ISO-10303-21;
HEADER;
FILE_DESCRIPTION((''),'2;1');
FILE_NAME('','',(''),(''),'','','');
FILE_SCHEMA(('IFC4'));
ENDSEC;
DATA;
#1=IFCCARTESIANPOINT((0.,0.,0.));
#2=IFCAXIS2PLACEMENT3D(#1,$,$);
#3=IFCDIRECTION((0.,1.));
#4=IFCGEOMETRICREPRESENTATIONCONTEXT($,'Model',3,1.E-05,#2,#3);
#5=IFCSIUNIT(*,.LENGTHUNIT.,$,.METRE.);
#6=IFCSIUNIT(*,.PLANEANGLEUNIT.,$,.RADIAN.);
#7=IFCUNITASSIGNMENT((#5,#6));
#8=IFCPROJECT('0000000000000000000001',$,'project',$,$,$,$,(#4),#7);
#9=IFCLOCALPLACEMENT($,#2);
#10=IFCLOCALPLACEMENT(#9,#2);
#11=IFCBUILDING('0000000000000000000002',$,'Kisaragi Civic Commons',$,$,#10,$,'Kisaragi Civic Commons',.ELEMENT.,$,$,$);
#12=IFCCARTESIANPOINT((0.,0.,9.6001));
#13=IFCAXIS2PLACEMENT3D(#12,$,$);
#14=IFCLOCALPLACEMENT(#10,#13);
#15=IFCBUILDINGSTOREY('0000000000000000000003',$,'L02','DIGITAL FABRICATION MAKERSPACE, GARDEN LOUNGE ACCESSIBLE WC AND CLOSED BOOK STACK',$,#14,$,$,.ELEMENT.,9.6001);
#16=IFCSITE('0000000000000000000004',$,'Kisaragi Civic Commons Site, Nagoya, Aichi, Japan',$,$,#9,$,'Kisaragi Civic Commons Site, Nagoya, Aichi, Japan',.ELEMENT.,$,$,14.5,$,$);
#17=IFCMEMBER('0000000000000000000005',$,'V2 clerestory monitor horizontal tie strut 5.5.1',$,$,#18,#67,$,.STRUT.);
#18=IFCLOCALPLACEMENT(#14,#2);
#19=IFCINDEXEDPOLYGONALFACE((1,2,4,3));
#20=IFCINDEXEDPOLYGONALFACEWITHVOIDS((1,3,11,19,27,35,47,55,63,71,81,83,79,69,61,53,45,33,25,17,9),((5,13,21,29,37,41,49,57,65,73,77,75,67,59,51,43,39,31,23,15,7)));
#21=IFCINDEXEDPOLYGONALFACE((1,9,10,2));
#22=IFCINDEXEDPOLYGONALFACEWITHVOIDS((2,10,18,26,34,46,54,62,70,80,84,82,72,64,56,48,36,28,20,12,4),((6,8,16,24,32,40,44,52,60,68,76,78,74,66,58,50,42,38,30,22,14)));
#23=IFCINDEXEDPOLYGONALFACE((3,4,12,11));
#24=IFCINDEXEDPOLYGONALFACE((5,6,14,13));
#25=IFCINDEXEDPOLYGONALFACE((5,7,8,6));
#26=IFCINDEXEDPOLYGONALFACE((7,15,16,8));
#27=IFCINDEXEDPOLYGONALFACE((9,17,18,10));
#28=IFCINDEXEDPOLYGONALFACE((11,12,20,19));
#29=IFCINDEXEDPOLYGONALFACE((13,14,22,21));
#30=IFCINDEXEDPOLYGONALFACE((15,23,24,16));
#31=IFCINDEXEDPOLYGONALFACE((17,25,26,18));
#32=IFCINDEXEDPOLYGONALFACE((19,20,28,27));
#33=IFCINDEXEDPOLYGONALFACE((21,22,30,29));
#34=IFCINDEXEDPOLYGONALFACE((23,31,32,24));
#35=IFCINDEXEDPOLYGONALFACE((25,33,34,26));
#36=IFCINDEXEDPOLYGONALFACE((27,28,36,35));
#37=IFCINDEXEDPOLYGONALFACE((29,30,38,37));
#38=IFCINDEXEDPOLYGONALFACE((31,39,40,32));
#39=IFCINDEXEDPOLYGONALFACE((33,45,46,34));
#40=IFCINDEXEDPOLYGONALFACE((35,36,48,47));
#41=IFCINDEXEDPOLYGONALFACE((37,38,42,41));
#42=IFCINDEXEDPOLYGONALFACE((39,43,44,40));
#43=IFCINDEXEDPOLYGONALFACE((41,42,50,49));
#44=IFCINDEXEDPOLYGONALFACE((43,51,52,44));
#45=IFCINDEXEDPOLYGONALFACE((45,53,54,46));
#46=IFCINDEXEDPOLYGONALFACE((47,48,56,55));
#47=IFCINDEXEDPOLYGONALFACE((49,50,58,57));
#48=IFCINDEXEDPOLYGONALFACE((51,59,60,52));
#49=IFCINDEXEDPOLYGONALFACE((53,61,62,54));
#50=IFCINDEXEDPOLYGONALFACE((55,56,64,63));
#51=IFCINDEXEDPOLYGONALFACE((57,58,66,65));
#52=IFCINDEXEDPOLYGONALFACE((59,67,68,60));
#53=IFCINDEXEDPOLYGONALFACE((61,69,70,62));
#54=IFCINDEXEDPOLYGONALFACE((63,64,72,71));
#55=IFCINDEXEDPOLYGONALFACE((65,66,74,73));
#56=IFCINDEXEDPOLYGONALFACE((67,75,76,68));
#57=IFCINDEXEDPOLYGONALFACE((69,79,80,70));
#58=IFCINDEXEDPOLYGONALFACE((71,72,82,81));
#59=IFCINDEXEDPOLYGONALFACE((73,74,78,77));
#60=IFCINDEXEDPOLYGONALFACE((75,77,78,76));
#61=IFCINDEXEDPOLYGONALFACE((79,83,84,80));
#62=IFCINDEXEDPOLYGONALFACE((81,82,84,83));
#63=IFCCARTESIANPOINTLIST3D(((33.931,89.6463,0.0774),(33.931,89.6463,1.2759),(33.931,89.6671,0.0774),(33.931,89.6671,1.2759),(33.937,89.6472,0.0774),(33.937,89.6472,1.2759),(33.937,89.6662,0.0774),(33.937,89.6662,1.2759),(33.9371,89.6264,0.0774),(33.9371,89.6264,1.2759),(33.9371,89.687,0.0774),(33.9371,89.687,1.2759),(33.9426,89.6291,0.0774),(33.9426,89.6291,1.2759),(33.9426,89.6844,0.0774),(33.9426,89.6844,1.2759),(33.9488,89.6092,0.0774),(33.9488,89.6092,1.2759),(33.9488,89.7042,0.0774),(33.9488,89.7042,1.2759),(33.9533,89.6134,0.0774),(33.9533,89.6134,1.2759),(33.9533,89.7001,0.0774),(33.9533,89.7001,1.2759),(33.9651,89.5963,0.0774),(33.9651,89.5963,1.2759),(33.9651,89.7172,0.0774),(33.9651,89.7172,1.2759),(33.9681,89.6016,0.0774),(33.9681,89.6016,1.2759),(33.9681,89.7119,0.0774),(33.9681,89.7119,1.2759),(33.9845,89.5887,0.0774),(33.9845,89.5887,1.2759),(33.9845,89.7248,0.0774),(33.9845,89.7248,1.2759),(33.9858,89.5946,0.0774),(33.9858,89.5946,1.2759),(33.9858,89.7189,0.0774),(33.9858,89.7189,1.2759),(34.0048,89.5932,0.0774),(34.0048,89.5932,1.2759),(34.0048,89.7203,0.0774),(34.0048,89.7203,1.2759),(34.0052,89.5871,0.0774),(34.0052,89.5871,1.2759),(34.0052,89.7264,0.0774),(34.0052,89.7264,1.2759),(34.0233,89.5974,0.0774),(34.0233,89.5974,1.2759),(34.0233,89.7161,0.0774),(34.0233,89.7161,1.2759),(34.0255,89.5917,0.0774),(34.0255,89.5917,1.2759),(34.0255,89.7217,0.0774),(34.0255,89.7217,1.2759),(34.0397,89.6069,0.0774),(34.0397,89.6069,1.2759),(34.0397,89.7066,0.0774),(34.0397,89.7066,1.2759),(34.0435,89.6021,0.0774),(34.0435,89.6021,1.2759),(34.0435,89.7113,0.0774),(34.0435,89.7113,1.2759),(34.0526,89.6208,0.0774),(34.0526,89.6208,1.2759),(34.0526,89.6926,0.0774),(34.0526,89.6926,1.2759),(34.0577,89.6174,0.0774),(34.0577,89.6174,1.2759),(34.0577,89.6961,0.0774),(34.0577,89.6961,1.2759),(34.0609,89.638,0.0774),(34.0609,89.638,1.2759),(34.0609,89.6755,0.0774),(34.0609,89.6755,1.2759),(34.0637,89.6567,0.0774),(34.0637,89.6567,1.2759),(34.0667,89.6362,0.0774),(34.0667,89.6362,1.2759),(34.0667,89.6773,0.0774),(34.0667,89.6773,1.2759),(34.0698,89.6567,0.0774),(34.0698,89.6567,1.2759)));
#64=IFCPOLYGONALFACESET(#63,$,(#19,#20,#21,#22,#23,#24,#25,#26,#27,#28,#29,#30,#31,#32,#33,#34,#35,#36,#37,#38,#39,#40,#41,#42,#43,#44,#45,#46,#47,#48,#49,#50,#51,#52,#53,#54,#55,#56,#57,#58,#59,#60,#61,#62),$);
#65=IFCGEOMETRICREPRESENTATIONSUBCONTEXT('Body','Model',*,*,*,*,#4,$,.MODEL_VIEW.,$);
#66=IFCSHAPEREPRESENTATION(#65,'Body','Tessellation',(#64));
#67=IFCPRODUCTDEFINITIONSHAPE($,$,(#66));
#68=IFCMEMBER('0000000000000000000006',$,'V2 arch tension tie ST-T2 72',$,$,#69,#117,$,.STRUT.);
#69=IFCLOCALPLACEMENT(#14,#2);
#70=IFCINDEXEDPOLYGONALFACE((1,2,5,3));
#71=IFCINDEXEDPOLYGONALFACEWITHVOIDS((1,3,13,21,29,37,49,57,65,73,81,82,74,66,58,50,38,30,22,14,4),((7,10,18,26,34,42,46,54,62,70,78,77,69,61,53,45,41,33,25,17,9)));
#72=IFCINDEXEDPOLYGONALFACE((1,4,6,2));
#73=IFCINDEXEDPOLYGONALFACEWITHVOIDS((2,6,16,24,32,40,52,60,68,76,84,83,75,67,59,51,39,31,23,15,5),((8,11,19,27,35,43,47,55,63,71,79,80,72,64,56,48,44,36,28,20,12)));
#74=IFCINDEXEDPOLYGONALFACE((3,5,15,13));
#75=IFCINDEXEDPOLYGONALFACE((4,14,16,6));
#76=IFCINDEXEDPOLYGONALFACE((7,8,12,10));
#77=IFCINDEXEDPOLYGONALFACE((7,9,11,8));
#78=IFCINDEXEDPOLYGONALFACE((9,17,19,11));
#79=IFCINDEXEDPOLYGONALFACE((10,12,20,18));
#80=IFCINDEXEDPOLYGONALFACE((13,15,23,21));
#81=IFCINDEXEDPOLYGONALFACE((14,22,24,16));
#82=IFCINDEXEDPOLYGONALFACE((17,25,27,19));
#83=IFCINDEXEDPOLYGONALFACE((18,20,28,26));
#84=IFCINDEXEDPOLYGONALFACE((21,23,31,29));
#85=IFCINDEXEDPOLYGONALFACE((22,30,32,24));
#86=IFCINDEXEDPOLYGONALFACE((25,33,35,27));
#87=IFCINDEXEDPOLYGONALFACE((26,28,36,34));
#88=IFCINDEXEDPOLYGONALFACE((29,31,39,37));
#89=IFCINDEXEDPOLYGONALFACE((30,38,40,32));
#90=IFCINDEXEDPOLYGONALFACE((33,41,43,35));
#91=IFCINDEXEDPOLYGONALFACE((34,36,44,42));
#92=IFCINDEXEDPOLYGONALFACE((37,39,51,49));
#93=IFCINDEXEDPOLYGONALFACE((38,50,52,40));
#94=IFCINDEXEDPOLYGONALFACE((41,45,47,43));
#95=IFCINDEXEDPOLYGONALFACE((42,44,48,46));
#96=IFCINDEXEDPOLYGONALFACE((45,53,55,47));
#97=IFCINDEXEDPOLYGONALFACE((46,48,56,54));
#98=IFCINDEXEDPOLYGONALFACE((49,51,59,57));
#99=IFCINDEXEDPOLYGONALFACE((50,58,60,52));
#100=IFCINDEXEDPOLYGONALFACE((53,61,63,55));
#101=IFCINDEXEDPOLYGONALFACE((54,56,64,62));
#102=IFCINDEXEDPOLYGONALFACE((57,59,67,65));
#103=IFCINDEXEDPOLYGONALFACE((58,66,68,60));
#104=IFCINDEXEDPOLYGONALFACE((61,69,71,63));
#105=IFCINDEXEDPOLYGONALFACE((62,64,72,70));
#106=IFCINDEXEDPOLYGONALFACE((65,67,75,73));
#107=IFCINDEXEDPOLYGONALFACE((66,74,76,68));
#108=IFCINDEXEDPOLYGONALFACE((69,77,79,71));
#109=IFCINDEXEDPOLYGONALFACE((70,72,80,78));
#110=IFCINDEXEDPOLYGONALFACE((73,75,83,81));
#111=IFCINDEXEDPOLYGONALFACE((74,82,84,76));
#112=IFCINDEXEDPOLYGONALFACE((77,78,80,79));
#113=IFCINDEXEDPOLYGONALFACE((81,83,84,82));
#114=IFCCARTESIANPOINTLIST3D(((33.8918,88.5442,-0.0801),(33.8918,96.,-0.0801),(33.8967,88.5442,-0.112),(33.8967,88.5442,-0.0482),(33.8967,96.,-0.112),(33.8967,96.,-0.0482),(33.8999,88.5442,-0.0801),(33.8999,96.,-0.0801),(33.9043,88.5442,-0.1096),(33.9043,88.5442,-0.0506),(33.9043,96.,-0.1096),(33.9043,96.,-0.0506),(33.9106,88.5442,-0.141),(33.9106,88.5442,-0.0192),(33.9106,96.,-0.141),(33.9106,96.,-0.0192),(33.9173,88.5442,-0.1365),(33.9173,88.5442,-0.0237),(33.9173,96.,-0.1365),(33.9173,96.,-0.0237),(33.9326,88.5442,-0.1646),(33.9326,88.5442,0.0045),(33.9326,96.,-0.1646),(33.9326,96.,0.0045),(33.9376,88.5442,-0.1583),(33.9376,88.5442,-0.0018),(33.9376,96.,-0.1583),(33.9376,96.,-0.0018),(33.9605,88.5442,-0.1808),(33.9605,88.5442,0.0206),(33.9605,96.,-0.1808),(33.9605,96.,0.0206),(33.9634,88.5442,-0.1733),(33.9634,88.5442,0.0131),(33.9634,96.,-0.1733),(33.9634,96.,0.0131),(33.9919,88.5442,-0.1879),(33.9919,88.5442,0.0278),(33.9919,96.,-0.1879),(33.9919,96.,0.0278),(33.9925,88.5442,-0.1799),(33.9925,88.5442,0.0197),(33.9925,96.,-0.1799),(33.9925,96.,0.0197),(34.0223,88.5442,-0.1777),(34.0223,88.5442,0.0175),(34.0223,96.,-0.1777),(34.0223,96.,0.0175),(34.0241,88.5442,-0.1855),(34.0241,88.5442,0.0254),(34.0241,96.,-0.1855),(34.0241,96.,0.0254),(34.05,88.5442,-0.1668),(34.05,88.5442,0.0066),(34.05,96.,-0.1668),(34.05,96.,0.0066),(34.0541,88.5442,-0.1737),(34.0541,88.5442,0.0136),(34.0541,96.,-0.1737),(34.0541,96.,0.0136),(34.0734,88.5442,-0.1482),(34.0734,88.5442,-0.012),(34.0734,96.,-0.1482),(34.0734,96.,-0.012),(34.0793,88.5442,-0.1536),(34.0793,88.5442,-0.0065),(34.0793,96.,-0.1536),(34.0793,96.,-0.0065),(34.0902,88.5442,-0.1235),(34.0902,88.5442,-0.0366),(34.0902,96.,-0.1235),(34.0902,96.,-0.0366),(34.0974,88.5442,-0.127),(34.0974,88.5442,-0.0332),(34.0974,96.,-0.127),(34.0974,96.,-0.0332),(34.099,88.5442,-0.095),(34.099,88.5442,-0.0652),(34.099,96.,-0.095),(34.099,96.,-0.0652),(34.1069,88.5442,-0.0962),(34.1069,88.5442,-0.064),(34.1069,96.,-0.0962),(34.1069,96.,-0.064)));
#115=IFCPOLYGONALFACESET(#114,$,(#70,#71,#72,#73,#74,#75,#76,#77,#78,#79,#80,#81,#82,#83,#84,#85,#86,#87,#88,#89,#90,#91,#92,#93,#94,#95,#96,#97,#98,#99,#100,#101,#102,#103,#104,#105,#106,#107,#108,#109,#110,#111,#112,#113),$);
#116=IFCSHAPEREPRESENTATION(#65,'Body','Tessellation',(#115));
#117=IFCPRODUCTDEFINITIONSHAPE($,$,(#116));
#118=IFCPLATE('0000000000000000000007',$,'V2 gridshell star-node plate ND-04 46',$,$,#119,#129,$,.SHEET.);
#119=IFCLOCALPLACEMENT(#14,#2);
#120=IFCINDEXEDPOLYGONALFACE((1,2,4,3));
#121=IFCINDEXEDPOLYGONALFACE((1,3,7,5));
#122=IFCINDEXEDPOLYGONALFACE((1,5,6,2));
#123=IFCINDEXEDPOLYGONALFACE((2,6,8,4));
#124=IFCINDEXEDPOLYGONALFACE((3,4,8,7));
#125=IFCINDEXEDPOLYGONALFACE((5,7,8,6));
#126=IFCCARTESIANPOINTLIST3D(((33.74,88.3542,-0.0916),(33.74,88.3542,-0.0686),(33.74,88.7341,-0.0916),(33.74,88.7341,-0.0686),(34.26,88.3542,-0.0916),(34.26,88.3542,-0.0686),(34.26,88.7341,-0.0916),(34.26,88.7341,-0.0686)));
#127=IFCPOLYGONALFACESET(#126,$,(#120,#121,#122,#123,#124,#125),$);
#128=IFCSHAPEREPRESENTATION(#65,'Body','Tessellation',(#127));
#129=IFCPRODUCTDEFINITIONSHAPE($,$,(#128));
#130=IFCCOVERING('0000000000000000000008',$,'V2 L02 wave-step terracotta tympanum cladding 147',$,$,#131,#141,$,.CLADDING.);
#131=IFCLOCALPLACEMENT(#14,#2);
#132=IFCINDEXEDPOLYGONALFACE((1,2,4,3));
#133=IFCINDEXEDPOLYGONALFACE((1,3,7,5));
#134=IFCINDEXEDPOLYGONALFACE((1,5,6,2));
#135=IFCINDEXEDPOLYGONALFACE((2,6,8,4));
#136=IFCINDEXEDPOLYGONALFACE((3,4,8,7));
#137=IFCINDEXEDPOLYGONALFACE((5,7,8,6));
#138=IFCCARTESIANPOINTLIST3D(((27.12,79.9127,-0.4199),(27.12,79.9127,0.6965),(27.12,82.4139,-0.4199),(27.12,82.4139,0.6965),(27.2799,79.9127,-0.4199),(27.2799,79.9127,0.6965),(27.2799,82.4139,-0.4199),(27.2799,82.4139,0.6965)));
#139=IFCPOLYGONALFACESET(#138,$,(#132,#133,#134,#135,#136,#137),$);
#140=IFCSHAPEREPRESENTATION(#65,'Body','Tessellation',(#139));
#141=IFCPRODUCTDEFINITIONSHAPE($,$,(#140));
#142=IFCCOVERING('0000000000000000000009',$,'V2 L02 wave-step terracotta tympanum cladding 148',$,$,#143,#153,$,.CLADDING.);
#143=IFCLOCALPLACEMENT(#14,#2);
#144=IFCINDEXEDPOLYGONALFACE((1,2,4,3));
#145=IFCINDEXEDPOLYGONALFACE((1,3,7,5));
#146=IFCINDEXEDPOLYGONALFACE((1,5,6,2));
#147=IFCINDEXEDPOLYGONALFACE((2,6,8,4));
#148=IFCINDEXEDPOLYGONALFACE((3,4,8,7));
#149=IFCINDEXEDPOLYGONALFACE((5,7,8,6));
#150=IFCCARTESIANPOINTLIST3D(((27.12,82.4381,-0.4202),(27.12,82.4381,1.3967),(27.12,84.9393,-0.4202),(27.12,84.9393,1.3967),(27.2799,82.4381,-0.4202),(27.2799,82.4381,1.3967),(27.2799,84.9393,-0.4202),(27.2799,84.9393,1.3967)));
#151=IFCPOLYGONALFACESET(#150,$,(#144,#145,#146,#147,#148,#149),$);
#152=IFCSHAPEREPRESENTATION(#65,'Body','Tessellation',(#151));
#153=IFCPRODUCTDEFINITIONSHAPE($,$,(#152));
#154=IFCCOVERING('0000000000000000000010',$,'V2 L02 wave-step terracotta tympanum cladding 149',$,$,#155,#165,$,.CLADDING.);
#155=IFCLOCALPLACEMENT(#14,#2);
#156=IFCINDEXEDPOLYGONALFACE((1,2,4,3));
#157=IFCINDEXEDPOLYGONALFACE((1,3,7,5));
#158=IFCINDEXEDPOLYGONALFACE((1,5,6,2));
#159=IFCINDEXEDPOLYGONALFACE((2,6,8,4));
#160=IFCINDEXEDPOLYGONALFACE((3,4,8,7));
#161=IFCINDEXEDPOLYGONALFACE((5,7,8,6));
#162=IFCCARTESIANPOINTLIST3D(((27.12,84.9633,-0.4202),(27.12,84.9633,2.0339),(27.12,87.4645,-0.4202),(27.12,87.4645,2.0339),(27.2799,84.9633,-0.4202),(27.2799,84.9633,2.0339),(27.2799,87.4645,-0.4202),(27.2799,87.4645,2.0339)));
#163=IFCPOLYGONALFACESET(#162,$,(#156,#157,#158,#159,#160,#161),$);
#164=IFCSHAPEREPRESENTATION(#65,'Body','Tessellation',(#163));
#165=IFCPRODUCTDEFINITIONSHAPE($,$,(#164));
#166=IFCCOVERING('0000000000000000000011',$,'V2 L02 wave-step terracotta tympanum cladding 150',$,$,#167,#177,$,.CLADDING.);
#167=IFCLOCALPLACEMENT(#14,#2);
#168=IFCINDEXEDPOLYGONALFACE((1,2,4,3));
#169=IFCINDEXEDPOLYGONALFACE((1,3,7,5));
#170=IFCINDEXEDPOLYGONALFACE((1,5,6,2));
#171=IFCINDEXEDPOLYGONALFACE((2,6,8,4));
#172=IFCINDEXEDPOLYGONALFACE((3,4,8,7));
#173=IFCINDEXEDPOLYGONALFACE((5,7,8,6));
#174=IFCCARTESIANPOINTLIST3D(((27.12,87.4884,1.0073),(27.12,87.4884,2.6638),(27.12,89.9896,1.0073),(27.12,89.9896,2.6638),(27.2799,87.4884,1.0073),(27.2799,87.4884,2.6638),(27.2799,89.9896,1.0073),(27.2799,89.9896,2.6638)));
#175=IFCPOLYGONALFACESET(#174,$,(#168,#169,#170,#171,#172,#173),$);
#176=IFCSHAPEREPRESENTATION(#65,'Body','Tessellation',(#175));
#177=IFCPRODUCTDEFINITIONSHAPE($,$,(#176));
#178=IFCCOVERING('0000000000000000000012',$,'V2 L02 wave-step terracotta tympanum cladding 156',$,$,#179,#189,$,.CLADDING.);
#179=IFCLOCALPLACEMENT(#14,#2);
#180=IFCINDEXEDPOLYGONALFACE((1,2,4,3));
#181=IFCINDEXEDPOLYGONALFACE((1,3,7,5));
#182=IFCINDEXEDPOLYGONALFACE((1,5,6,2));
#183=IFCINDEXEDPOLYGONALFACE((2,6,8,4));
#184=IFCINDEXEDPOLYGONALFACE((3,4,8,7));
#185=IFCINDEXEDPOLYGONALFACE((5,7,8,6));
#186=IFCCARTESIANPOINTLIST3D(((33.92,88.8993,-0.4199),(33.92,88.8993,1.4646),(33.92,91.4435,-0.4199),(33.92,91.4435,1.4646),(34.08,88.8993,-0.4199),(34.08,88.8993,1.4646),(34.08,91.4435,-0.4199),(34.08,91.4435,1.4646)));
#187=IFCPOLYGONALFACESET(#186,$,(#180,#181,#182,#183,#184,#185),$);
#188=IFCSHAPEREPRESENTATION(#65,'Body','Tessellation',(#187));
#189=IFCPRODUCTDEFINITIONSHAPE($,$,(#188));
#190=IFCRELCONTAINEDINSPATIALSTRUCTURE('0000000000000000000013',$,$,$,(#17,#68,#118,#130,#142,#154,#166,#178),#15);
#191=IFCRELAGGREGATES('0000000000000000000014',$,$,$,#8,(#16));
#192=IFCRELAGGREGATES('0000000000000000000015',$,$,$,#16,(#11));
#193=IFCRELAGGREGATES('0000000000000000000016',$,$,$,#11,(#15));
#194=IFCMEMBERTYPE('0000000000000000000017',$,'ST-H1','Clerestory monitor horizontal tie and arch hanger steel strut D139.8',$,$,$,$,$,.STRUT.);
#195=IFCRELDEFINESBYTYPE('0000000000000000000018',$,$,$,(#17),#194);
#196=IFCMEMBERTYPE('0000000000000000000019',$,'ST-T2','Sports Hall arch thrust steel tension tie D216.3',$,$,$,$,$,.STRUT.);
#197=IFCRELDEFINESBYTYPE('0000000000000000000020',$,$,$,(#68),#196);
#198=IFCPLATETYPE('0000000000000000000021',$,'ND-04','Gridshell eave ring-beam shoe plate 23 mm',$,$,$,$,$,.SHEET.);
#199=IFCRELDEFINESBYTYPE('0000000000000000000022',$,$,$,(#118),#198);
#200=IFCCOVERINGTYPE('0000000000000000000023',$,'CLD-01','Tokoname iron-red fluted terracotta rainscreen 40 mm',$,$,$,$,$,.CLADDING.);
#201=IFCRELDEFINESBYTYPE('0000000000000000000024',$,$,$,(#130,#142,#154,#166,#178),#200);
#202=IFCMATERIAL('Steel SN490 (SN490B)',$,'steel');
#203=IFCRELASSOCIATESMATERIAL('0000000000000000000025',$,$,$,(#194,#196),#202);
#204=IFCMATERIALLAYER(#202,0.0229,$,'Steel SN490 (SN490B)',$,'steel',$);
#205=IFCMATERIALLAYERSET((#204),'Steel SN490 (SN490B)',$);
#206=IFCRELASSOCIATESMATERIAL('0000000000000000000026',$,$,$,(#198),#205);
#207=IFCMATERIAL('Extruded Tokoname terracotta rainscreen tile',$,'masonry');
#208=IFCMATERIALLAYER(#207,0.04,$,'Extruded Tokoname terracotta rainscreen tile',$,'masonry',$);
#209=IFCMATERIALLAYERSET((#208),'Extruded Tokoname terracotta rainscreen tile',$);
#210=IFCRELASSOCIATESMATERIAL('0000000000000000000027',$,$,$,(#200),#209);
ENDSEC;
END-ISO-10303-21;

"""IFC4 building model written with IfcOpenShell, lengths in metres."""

from ifc_helpers import new_model, si_unit, direction, frame, origin, origin_2d, place, context, subcontext, project, spatial, rectangle, hollow_circle, extrude, material, layer, layer_set, material_profile, profile_set, type_object, element, save


model = new_model("IFC4")

# Units and contexts
model_context = context("Model", 3, precision=1e-05, world=origin(), true_north=direction((0.0, 1.0)))
body_context = subcontext(model_context, "Body", "Model", "MODEL_VIEW")
ifc_project = project(units=[si_unit("LENGTHUNIT", "METRE"), si_unit("PLANEANGLEUNIT", "RADIAN")], contexts=[model_context])

# Site, building, storey
site_placement = place(None, origin())
site = spatial("IfcSite", under=ifc_project, at=site_placement, Name="Kisaragi Civic Commons Site, Nagoya, Aichi, Japan", LongName="Kisaragi Civic Commons Site, Nagoya, Aichi, Japan", CompositionType="ELEMENT", RefElevation=14.5)
building_placement = place(site_placement, origin())
building = spatial("IfcBuilding", under=site, at=building_placement, Name="Kisaragi Civic Commons", LongName="Kisaragi Civic Commons", CompositionType="ELEMENT")
storey_placement = place(building_placement, frame((0.0, 0.0, 9.6001)))
storey = spatial("IfcBuildingStorey", under=building, at=storey_placement, Name="L02", Description="DIGITAL FABRICATION MAKERSPACE, GARDEN LOUNGE ACCESSIBLE WC AND CLOSED BOOK STACK", CompositionType="ELEMENT", Elevation=9.6001)

# Members
ifc_material_1 = material(Name="Steel SN490 (SN490B)", Category="steel")
ifc_material_profile_1 = material_profile(ifc_material_1, hollow_circle(Radius=0.0698, WallThickness=0.0061, at=origin_2d()), Name="CHS-139.8x6.0", Category="steel")
ifc_profile_set_1 = profile_set([ifc_material_profile_1], Name="Steel SN490 (SN490B)")
member_type_1 = type_object("IfcMemberType", Name="ST-H1", Description="Clerestory monitor horizontal tie and arch hanger steel strut D139.8", PredefinedType="STRUT", material=ifc_profile_set_1)
member_1_placement = place(storey_placement, frame((34.0, 89.6567, 0.0774), z_axis=(0.0, 0.0, 1.0), x_axis=(1.0, 0.0, 0.0)))
element("IfcMember", 1, at=member_1_placement, inside=storey, type_object=member_type_1, Name="V2 clerestory monitor horizontal tie strut 5.5.1", PredefinedType="STRUT", context=body_context, shape_type="SweptSolid", body=[
    extrude(hollow_circle(Radius=0.0698, WallThickness=0.0061, at=origin_2d()), origin(), (0.0, 0.0, 1.0), 1.1985),
])
ifc_material_profile_2 = material_profile(ifc_material_1, hollow_circle(Radius=0.1082, WallThickness=0.0081, at=origin_2d()), Name="CHS-216.3x8.0", Category="steel")
ifc_profile_set_2 = profile_set([ifc_material_profile_2], Name="Steel SN490 (SN490B)")
member_type_2 = type_object("IfcMemberType", Name="ST-T2", Description="Sports Hall arch thrust steel tension tie D216.3", PredefinedType="STRUT", material=ifc_profile_set_2)
member_2_placement = place(storey_placement, frame((34.0, 88.5442, -0.0801), z_axis=(0.0, 1.0, 0.0), x_axis=(-1.0, 0.0, 0.0)))
element("IfcMember", 2, at=member_2_placement, inside=storey, type_object=member_type_2, Name="V2 arch tension tie ST-T2 72", PredefinedType="STRUT", context=body_context, shape_type="SweptSolid", body=[
    extrude(hollow_circle(Radius=0.1082, WallThickness=0.0081, at=origin_2d()), origin(), (0.0, 0.0, 1.0), 7.4558),
])

# Plate
ifc_layer_1 = layer(ifc_material_1, 0.0229, Name="Steel SN490 (SN490B)", Category="steel")
ifc_layer_set_1 = layer_set([ifc_layer_1], Name="Steel SN490 (SN490B)")
plate_type = type_object("IfcPlateType", Name="ND-04", Description="Gridshell eave ring-beam shoe plate 23 mm", PredefinedType="SHEET", material=ifc_layer_set_1)
plate_placement = place(storey_placement, frame((34.0, 88.5442, -0.0916), z_axis=(0.0, 0.0, 1.0), x_axis=(1.0, 0.0, 0.0)))
element("IfcPlate", 3, at=plate_placement, inside=storey, type_object=plate_type, Name="V2 gridshell star-node plate ND-04 46", PredefinedType="SHEET", context=body_context, shape_type="SweptSolid", body=[
    extrude(rectangle(XDim=0.52, YDim=0.3799, at=origin_2d()), origin(), (0.0, 0.0, 1.0), 0.0229),
])

# Coverings
ifc_material_2 = material(Name="Extruded Tokoname terracotta rainscreen tile", Category="masonry")
ifc_layer_2 = layer(ifc_material_2, 0.04, Name="Extruded Tokoname terracotta rainscreen tile", Category="masonry")
ifc_layer_set_2 = layer_set([ifc_layer_2], Name="Extruded Tokoname terracotta rainscreen tile")
covering_type = type_object("IfcCoveringType", Name="CLD-01", Description="Tokoname iron-red fluted terracotta rainscreen 40 mm", PredefinedType="CLADDING", material=ifc_layer_set_2)
covering_1_placement = place(storey_placement, frame((27.2, 81.1633, -0.4199), z_axis=(0.0, 0.0, 1.0), x_axis=(0.0, 1.0, 0.0)))
element("IfcCovering", 4, at=covering_1_placement, inside=storey, type_object=covering_type, Name="V2 L02 wave-step terracotta tympanum cladding 147", PredefinedType="CLADDING", context=body_context, shape_type="SweptSolid", body=[
    extrude(rectangle(XDim=2.5012, YDim=0.1599, at=origin_2d()), origin(), (0.0, 0.0, 1.0), 1.1165),
])
covering_2_placement = place(storey_placement, frame((27.2, 83.6887, -0.4202), z_axis=(0.0, 0.0, 1.0), x_axis=(0.0, 1.0, 0.0)))
element("IfcCovering", 5, at=covering_2_placement, inside=storey, type_object=covering_type, Name="V2 L02 wave-step terracotta tympanum cladding 148", PredefinedType="CLADDING", context=body_context, shape_type="SweptSolid", body=[
    extrude(rectangle(XDim=2.5012, YDim=0.1599, at=origin_2d()), origin(), (0.0, 0.0, 1.0), 1.8169),
])
covering_3_placement = place(storey_placement, frame((27.2, 86.2139, -0.4202), z_axis=(0.0, 0.0, 1.0), x_axis=(0.0, 1.0, 0.0)))
element("IfcCovering", 6, at=covering_3_placement, inside=storey, type_object=covering_type, Name="V2 L02 wave-step terracotta tympanum cladding 149", PredefinedType="CLADDING", context=body_context, shape_type="SweptSolid", body=[
    extrude(rectangle(XDim=2.5012, YDim=0.1599, at=origin_2d()), origin(), (0.0, 0.0, 1.0), 2.4541),
])
covering_4_placement = place(storey_placement, frame((27.2, 88.739, 1.0073), z_axis=(0.0, 0.0, 1.0), x_axis=(0.0, 1.0, 0.0)))
element("IfcCovering", 7, at=covering_4_placement, inside=storey, type_object=covering_type, Name="V2 L02 wave-step terracotta tympanum cladding 150", PredefinedType="CLADDING", context=body_context, shape_type="SweptSolid", body=[
    extrude(rectangle(XDim=2.5012, YDim=0.1599, at=origin_2d()), origin(), (0.0, 0.0, 1.0), 1.6565),
])
covering_5_placement = place(storey_placement, frame((34.0, 90.1714, -0.4199), z_axis=(0.0, 0.0, 1.0), x_axis=(0.0, 1.0, 0.0)))
element("IfcCovering", 8, at=covering_5_placement, inside=storey, type_object=covering_type, Name="V2 L02 wave-step terracotta tympanum cladding 156", PredefinedType="CLADDING", context=body_context, shape_type="SweptSolid", body=[
    extrude(rectangle(XDim=2.5442, YDim=0.1599, at=origin_2d()), origin(), (0.0, 0.0, 1.0), 1.8845),
])

save(model, "model.ifc")
